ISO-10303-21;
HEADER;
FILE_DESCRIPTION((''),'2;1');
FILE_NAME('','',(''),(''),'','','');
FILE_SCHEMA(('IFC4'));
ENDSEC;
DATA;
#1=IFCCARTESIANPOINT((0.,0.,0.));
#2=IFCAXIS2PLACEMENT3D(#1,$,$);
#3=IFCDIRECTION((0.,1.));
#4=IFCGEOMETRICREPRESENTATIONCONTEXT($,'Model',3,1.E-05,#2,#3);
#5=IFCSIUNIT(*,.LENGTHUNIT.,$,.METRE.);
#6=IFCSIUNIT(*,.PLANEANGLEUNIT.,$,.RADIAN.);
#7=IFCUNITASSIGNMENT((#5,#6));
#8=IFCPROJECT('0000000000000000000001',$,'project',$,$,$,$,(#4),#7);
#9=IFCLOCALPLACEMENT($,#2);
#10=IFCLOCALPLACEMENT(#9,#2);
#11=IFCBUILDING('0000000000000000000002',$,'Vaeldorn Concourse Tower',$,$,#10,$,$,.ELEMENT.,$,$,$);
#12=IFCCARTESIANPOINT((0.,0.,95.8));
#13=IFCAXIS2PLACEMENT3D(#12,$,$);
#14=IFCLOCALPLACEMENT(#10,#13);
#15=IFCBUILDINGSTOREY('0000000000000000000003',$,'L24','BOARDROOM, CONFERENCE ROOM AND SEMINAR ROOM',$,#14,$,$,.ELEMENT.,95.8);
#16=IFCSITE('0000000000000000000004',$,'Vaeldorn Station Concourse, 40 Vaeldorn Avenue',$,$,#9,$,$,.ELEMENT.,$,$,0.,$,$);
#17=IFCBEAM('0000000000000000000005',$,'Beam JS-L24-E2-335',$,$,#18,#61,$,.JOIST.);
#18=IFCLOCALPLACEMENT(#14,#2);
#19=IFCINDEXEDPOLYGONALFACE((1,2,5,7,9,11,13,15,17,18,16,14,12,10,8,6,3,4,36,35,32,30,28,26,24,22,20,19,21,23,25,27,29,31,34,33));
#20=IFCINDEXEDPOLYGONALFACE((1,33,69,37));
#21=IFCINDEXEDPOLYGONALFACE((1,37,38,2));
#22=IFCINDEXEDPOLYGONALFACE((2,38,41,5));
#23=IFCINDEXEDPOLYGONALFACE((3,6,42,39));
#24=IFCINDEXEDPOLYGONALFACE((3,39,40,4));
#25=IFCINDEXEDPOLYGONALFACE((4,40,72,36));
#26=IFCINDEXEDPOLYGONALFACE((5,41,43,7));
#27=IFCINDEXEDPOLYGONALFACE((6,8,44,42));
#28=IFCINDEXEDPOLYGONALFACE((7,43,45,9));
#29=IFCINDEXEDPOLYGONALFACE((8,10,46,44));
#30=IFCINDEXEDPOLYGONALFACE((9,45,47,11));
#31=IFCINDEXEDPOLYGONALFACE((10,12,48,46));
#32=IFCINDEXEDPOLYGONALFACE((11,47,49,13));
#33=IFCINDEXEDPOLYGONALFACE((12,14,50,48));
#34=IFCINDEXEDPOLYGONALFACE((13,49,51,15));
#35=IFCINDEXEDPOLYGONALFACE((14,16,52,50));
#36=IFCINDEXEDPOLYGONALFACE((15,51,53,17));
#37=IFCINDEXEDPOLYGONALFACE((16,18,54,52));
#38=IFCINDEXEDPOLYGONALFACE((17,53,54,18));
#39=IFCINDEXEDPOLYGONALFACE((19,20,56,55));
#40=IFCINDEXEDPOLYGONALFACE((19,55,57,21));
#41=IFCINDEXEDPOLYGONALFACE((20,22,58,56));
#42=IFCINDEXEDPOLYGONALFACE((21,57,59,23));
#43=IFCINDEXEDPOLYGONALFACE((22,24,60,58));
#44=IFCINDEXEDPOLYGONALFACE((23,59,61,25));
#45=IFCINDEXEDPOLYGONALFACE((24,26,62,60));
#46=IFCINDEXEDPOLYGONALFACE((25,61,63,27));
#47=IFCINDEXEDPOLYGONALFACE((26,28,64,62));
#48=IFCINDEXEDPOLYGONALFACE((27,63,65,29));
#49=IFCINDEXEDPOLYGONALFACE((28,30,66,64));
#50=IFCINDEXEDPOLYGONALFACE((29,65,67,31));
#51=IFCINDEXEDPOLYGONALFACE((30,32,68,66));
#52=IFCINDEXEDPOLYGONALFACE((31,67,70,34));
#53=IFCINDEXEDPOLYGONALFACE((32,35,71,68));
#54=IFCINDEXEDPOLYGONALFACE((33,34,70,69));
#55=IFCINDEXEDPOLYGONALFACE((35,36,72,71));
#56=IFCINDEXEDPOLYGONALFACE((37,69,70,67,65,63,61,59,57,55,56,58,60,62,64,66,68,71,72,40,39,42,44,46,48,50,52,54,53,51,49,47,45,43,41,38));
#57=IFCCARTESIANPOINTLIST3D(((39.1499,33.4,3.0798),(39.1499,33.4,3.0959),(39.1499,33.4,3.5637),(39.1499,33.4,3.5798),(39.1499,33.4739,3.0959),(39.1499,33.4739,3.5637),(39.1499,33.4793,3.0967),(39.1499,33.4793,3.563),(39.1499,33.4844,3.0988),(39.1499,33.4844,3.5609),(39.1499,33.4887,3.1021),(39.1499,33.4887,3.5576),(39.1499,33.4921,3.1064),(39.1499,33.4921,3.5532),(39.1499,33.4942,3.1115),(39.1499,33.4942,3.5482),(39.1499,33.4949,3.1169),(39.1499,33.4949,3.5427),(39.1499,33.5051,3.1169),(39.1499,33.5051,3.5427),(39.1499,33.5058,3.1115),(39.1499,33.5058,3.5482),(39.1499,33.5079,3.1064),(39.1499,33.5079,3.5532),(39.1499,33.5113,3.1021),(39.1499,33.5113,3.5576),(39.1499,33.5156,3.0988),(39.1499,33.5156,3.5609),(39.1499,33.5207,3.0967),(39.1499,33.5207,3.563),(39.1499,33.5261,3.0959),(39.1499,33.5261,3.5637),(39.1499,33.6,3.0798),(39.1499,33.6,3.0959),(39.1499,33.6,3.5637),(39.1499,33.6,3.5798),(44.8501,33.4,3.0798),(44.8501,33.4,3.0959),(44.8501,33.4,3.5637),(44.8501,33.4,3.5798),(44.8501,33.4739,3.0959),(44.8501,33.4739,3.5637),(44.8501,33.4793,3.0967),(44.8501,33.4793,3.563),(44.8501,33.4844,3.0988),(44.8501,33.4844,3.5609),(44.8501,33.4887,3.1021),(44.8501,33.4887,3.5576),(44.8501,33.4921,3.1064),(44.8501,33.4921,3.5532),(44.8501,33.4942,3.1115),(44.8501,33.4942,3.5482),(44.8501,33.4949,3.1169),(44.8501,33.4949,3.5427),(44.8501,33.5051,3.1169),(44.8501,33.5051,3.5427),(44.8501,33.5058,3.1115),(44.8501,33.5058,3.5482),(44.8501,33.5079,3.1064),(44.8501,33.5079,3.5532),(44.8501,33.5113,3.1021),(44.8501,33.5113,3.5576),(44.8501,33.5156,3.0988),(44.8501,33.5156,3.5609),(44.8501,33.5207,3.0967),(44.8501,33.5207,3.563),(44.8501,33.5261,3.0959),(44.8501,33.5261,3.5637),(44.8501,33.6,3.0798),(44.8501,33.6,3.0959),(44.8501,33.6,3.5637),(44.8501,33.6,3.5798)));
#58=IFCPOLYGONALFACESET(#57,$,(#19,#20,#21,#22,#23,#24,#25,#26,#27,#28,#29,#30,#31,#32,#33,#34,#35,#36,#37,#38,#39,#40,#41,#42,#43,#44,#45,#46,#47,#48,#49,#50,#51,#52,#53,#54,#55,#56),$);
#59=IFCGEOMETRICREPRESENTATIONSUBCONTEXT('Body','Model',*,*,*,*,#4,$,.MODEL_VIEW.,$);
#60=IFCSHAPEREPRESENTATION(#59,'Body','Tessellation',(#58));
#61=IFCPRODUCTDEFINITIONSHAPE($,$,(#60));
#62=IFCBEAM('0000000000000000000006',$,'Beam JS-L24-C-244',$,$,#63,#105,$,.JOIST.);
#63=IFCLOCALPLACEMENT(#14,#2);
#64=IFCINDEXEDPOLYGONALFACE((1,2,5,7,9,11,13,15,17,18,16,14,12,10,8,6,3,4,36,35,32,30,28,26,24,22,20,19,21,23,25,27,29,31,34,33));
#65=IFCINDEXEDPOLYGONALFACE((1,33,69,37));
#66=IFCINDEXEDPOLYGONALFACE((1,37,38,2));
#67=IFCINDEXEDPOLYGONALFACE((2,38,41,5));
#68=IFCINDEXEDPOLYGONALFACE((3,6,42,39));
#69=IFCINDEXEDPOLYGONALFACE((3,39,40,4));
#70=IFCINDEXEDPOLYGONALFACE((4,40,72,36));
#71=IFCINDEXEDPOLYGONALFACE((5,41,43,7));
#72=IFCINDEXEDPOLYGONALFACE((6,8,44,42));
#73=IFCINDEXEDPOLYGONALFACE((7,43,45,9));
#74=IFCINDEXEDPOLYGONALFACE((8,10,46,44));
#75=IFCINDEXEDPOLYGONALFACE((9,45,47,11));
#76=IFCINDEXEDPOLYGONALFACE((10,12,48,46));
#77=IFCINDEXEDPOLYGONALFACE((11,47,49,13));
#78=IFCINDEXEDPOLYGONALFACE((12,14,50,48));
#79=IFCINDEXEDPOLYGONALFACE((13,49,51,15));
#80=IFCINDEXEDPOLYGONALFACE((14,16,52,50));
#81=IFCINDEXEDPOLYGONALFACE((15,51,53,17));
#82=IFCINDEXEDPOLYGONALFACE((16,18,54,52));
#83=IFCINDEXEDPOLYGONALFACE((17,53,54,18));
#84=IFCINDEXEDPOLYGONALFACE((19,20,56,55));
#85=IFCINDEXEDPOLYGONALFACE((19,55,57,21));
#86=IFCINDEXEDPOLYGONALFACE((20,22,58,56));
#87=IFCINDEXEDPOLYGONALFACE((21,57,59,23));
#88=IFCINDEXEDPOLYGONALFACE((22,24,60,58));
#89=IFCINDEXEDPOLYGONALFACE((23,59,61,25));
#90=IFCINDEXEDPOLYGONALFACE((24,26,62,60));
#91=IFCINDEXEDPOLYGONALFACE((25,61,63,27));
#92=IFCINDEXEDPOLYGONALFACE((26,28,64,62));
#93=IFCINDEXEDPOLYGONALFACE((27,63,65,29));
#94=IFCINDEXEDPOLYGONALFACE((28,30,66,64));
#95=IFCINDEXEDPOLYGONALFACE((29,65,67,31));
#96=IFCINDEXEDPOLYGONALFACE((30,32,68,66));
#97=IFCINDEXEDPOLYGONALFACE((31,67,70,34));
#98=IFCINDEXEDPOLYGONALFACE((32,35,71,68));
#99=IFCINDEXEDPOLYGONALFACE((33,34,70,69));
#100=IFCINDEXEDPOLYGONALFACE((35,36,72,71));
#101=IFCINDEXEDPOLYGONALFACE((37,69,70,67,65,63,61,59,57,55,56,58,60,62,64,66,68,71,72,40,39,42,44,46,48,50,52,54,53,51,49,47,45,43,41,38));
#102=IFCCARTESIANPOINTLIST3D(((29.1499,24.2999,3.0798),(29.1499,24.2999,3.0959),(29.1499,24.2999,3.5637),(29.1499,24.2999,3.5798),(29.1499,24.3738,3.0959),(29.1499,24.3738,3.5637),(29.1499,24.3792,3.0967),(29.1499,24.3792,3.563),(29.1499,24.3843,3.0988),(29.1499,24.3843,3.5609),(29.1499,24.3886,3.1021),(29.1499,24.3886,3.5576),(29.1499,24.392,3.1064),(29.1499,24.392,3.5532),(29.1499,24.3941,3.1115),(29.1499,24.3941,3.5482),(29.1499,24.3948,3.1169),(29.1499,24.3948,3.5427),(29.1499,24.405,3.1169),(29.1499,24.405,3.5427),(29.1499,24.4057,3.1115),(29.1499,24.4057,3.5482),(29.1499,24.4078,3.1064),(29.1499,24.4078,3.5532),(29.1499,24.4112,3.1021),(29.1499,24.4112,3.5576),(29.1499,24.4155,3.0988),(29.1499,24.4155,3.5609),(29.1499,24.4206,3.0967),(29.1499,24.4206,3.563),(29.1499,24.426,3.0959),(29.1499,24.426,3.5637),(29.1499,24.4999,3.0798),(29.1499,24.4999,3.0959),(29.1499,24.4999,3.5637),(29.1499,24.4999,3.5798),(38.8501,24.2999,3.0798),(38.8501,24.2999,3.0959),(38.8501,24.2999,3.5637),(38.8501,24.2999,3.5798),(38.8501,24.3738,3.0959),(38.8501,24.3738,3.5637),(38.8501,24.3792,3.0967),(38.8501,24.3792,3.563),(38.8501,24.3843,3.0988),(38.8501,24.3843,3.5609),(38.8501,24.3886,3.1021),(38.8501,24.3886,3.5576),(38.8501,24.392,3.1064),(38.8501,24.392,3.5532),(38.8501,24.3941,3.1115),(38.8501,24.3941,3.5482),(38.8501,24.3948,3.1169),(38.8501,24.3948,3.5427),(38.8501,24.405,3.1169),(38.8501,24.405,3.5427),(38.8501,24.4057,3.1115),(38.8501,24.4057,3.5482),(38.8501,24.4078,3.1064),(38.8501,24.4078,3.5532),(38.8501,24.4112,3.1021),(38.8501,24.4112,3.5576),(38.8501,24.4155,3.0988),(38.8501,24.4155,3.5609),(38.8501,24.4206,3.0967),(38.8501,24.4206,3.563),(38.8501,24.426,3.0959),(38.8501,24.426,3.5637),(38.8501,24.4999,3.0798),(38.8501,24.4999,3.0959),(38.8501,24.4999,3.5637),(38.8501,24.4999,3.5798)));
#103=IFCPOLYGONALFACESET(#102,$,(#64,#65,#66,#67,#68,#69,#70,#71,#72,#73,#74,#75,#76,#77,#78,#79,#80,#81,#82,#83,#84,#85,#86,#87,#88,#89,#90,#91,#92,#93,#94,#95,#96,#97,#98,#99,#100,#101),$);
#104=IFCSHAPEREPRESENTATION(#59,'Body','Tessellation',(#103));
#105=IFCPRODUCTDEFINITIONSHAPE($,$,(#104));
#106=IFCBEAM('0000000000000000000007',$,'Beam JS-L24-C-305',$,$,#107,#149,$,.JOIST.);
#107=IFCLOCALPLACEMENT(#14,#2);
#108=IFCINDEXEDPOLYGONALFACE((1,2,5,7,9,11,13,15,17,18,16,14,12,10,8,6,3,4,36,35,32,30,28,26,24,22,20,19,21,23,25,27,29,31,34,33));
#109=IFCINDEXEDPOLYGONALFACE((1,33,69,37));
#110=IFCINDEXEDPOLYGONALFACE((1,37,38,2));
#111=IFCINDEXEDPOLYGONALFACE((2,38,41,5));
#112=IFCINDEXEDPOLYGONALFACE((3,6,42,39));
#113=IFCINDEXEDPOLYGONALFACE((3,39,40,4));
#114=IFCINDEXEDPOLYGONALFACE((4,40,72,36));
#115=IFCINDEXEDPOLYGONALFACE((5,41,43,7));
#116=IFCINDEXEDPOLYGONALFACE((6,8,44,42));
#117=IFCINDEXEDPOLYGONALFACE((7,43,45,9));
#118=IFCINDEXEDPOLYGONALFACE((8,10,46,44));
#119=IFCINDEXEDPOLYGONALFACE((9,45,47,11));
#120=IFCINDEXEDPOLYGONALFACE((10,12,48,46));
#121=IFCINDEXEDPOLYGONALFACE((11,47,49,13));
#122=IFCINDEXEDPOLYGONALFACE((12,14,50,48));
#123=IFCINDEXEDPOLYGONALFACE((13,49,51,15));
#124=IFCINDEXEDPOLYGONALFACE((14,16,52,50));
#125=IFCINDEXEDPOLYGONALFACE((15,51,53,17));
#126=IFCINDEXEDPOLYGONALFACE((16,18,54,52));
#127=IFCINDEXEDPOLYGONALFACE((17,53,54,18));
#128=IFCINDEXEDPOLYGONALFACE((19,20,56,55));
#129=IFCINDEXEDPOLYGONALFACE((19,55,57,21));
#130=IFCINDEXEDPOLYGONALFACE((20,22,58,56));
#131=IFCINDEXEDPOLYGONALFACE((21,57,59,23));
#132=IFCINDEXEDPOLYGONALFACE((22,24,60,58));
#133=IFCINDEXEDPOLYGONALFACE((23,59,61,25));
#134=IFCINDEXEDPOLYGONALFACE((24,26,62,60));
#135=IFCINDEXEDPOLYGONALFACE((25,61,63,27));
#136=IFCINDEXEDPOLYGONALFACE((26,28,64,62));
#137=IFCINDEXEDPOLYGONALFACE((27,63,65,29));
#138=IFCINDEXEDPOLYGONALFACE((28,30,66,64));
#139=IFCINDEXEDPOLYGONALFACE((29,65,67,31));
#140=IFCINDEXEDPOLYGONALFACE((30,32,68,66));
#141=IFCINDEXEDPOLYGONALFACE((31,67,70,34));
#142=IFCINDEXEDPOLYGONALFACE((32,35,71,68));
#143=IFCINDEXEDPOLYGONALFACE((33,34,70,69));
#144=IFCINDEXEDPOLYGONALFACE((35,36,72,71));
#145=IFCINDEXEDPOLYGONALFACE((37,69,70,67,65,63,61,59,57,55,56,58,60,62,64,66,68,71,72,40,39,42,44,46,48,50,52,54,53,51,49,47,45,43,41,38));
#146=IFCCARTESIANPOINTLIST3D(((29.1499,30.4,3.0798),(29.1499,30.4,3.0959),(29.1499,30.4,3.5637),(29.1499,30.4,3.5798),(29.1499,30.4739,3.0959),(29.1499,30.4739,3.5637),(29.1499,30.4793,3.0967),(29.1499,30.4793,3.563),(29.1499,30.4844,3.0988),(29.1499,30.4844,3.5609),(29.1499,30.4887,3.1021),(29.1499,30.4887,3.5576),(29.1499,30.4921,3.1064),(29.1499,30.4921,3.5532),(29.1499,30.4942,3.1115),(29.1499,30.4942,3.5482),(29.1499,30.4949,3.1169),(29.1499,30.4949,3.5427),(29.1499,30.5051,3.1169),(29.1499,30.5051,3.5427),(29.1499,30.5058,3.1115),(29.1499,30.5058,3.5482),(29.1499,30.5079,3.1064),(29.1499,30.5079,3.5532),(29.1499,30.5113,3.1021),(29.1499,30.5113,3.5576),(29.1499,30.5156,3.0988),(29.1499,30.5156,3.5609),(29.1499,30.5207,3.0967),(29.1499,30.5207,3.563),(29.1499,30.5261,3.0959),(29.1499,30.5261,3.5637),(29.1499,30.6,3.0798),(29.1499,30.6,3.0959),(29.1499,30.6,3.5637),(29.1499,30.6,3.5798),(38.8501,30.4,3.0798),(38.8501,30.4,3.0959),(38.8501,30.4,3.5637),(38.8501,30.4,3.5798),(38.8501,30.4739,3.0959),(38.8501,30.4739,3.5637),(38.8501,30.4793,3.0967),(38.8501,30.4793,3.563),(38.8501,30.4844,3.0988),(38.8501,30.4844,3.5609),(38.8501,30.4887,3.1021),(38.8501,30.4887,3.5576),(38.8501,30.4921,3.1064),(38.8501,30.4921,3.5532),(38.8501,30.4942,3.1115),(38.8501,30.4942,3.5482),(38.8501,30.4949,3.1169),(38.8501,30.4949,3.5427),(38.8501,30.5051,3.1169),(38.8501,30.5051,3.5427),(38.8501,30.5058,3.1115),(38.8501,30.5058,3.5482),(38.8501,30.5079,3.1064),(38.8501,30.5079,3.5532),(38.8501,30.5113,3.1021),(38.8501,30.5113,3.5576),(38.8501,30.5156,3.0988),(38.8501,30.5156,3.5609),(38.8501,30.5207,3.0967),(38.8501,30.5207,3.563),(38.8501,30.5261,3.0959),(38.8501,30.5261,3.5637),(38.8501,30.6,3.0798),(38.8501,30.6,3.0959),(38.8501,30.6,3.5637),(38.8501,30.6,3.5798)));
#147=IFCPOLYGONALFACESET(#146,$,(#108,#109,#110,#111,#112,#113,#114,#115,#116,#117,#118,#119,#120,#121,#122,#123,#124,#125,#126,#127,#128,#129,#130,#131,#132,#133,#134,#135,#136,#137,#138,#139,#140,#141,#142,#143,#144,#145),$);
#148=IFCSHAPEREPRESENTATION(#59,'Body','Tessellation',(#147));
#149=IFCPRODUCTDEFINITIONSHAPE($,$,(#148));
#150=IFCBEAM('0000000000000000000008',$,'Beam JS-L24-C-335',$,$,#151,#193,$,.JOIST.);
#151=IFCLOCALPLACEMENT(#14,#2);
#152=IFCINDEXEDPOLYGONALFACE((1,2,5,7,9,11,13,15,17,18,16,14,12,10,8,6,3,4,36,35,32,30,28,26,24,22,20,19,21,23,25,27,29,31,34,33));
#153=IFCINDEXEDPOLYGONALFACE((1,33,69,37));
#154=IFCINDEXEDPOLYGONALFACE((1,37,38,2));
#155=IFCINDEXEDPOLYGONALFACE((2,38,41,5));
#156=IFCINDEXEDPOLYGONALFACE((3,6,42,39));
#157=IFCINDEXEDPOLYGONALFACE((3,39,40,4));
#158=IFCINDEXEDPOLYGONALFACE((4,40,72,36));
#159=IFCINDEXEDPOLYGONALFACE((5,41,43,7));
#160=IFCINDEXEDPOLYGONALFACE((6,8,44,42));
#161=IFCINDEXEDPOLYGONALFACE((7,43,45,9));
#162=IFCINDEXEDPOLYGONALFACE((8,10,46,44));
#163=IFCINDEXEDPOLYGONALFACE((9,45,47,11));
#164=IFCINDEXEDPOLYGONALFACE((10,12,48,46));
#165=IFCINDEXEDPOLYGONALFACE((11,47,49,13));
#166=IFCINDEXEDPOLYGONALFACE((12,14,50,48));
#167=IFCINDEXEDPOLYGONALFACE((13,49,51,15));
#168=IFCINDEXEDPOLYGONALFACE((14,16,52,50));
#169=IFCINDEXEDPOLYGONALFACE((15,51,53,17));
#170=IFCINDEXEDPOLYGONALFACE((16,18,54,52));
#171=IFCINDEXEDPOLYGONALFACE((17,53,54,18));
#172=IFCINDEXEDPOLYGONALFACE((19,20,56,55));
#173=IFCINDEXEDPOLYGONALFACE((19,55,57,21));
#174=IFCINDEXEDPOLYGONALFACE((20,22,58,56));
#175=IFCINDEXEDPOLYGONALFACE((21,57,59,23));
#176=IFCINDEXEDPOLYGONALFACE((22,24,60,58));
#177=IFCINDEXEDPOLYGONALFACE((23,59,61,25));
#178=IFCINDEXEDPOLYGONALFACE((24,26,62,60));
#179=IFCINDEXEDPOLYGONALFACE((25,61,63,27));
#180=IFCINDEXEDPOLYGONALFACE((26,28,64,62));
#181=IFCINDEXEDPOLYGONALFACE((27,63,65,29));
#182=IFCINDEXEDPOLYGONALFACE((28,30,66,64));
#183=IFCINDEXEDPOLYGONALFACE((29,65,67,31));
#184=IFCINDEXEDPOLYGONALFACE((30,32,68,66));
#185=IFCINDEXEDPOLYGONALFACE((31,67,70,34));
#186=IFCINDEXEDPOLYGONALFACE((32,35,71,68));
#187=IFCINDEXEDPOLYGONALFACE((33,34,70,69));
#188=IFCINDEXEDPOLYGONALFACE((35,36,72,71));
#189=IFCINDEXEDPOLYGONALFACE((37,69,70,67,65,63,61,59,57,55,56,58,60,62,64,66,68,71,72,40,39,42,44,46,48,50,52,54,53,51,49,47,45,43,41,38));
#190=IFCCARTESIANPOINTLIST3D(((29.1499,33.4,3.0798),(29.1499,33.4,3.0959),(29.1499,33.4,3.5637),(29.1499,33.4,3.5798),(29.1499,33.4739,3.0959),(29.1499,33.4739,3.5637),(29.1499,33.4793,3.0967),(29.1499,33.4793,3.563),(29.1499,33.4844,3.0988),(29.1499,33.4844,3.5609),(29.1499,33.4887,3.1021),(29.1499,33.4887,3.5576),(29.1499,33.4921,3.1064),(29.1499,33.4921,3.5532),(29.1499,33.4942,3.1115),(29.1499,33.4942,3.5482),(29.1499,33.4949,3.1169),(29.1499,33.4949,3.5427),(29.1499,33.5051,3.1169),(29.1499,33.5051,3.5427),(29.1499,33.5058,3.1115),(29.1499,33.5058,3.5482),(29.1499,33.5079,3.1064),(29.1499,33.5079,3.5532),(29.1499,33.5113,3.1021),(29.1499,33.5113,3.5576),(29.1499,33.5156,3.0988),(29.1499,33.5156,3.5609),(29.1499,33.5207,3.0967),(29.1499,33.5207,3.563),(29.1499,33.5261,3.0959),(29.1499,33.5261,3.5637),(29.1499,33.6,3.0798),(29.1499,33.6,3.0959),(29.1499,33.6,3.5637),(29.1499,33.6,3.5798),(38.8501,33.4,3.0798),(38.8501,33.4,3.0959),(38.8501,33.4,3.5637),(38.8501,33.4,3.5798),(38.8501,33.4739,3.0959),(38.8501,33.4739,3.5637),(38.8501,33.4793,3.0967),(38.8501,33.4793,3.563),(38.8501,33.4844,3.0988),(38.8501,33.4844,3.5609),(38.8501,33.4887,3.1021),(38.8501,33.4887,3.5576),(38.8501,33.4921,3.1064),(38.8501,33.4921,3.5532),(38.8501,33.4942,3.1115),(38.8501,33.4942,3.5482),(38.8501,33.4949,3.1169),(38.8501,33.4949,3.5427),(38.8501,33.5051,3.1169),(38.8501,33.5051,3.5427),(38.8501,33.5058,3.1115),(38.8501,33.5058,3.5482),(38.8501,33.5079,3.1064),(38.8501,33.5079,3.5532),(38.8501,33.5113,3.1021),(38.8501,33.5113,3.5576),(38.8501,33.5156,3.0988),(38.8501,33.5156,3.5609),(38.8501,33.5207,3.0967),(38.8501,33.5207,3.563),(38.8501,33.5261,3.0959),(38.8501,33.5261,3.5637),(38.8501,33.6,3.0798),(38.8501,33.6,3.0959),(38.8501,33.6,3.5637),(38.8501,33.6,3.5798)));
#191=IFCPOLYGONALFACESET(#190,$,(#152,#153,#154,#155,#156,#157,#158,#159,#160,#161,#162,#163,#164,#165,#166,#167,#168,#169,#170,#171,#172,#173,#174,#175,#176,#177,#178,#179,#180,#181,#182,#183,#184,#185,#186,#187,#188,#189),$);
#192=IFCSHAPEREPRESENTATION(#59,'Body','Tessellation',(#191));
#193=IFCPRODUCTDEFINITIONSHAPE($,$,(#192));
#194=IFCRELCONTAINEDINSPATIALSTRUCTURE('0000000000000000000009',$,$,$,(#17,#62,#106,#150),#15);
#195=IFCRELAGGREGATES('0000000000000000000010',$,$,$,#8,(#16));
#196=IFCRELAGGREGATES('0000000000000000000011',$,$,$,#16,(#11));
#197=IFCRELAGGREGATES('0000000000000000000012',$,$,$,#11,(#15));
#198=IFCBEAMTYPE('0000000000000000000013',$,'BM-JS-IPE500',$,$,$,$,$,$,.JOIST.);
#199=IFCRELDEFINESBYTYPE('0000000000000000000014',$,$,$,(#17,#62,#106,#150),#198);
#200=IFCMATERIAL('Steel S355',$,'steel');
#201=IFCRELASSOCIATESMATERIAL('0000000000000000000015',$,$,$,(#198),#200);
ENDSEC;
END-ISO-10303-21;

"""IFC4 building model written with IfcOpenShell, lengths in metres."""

from ifc_helpers import new_model, si_unit, direction, frame, origin, origin_2d, place, context, subcontext, project, spatial, i_section, extrude, source, transform, mapped, material, material_profile, profile_set, type_object, element, save


model = new_model("IFC4")

# Units and contexts
model_context = context("Model", 3, precision=1e-05, world=origin(), true_north=direction((0.0, 1.0)))
body_context = subcontext(model_context, "Body", "Model", "MODEL_VIEW")
ifc_project = project(units=[si_unit("LENGTHUNIT", "METRE"), si_unit("PLANEANGLEUNIT", "RADIAN")], contexts=[model_context])

# Site, building, storey
site_placement = place(None, origin())
site = spatial("IfcSite", under=ifc_project, at=site_placement, Name="Vaeldorn Station Concourse, 40 Vaeldorn Avenue", CompositionType="ELEMENT", RefElevation=0.0)
building_placement = place(site_placement, origin())
building = spatial("IfcBuilding", under=site, at=building_placement, Name="Vaeldorn Concourse Tower", CompositionType="ELEMENT")
storey_placement = place(building_placement, frame((0.0, 0.0, 95.8)))
storey = spatial("IfcBuildingStorey", under=building, at=storey_placement, Name="L24", Description="BOARDROOM, CONFERENCE ROOM AND SEMINAR ROOM", CompositionType="ELEMENT", Elevation=95.8)

# Beams
ifc_material_1 = material(Name="Steel S355", Category="steel")
ifc_material_profile_1 = material_profile(ifc_material_1, i_section(OverallWidth=0.2, OverallDepth=0.5, WebThickness=0.0103, FlangeThickness=0.0161, FilletRadius=0.021, at=origin_2d()), Name="IPE 500")
ifc_profile_set_1 = profile_set([ifc_material_profile_1], Name="Steel S355")
beam_type_1 = type_object("IfcBeamType", Name="BM-JS-IPE500", PredefinedType="JOIST", material=ifc_profile_set_1)
shared_shape_1 = source(origin(), body_context, "Body", "SweptSolid", [
    extrude(i_section(OverallWidth=0.2, OverallDepth=0.5, WebThickness=0.0103, FlangeThickness=0.0161, FilletRadius=0.021, at=origin_2d()), origin(), (0.0, 0.0, 1.0), 5.7002),
])
for number, where, z_axis, x_axis, name in (
    (1, (39.1499, 33.5, 3.3298), (1.0, 0.0, 0.0), (0.0, 1.0, 0.0), "Beam JS-L24-E2-335"),
):
    element("IfcBeam", number, at=place(storey_placement, frame(where, z_axis=z_axis, x_axis=x_axis)), inside=storey, type_object=beam_type_1, Name=name, PredefinedType="JOIST", context=body_context, shape_type="MappedRepresentation", body=[
        mapped(shared_shape_1, transform((0.0, 0.0, 0.0), scale=1.0)),
    ])
shared_shape_2 = source(origin(), body_context, "Body", "SweptSolid", [
    extrude(i_section(OverallWidth=0.2, OverallDepth=0.5, WebThickness=0.0103, FlangeThickness=0.0161, FilletRadius=0.021, at=origin_2d()), origin(), (0.0, 0.0, 1.0), 9.7002),
])
for number, where, z_axis, x_axis, name in (
    (2, (29.1499, 24.3999, 3.3298), (1.0, 0.0, 0.0), (0.0, 1.0, 0.0), "Beam JS-L24-C-244"),
    (3, (29.1499, 30.5, 3.3298), (1.0, 0.0, 0.0), (0.0, 1.0, 0.0), "Beam JS-L24-C-305"),
    (4, (29.1499, 33.5, 3.3298), (1.0, 0.0, 0.0), (0.0, 1.0, 0.0), "Beam JS-L24-C-335"),
):
    element("IfcBeam", number, at=place(storey_placement, frame(where, z_axis=z_axis, x_axis=x_axis)), inside=storey, type_object=beam_type_1, Name=name, PredefinedType="JOIST", context=body_context, shape_type="MappedRepresentation", body=[
        mapped(shared_shape_2, transform((0.0, 0.0, 0.0), scale=1.0)),
    ])

save(model, "model.ifc")
